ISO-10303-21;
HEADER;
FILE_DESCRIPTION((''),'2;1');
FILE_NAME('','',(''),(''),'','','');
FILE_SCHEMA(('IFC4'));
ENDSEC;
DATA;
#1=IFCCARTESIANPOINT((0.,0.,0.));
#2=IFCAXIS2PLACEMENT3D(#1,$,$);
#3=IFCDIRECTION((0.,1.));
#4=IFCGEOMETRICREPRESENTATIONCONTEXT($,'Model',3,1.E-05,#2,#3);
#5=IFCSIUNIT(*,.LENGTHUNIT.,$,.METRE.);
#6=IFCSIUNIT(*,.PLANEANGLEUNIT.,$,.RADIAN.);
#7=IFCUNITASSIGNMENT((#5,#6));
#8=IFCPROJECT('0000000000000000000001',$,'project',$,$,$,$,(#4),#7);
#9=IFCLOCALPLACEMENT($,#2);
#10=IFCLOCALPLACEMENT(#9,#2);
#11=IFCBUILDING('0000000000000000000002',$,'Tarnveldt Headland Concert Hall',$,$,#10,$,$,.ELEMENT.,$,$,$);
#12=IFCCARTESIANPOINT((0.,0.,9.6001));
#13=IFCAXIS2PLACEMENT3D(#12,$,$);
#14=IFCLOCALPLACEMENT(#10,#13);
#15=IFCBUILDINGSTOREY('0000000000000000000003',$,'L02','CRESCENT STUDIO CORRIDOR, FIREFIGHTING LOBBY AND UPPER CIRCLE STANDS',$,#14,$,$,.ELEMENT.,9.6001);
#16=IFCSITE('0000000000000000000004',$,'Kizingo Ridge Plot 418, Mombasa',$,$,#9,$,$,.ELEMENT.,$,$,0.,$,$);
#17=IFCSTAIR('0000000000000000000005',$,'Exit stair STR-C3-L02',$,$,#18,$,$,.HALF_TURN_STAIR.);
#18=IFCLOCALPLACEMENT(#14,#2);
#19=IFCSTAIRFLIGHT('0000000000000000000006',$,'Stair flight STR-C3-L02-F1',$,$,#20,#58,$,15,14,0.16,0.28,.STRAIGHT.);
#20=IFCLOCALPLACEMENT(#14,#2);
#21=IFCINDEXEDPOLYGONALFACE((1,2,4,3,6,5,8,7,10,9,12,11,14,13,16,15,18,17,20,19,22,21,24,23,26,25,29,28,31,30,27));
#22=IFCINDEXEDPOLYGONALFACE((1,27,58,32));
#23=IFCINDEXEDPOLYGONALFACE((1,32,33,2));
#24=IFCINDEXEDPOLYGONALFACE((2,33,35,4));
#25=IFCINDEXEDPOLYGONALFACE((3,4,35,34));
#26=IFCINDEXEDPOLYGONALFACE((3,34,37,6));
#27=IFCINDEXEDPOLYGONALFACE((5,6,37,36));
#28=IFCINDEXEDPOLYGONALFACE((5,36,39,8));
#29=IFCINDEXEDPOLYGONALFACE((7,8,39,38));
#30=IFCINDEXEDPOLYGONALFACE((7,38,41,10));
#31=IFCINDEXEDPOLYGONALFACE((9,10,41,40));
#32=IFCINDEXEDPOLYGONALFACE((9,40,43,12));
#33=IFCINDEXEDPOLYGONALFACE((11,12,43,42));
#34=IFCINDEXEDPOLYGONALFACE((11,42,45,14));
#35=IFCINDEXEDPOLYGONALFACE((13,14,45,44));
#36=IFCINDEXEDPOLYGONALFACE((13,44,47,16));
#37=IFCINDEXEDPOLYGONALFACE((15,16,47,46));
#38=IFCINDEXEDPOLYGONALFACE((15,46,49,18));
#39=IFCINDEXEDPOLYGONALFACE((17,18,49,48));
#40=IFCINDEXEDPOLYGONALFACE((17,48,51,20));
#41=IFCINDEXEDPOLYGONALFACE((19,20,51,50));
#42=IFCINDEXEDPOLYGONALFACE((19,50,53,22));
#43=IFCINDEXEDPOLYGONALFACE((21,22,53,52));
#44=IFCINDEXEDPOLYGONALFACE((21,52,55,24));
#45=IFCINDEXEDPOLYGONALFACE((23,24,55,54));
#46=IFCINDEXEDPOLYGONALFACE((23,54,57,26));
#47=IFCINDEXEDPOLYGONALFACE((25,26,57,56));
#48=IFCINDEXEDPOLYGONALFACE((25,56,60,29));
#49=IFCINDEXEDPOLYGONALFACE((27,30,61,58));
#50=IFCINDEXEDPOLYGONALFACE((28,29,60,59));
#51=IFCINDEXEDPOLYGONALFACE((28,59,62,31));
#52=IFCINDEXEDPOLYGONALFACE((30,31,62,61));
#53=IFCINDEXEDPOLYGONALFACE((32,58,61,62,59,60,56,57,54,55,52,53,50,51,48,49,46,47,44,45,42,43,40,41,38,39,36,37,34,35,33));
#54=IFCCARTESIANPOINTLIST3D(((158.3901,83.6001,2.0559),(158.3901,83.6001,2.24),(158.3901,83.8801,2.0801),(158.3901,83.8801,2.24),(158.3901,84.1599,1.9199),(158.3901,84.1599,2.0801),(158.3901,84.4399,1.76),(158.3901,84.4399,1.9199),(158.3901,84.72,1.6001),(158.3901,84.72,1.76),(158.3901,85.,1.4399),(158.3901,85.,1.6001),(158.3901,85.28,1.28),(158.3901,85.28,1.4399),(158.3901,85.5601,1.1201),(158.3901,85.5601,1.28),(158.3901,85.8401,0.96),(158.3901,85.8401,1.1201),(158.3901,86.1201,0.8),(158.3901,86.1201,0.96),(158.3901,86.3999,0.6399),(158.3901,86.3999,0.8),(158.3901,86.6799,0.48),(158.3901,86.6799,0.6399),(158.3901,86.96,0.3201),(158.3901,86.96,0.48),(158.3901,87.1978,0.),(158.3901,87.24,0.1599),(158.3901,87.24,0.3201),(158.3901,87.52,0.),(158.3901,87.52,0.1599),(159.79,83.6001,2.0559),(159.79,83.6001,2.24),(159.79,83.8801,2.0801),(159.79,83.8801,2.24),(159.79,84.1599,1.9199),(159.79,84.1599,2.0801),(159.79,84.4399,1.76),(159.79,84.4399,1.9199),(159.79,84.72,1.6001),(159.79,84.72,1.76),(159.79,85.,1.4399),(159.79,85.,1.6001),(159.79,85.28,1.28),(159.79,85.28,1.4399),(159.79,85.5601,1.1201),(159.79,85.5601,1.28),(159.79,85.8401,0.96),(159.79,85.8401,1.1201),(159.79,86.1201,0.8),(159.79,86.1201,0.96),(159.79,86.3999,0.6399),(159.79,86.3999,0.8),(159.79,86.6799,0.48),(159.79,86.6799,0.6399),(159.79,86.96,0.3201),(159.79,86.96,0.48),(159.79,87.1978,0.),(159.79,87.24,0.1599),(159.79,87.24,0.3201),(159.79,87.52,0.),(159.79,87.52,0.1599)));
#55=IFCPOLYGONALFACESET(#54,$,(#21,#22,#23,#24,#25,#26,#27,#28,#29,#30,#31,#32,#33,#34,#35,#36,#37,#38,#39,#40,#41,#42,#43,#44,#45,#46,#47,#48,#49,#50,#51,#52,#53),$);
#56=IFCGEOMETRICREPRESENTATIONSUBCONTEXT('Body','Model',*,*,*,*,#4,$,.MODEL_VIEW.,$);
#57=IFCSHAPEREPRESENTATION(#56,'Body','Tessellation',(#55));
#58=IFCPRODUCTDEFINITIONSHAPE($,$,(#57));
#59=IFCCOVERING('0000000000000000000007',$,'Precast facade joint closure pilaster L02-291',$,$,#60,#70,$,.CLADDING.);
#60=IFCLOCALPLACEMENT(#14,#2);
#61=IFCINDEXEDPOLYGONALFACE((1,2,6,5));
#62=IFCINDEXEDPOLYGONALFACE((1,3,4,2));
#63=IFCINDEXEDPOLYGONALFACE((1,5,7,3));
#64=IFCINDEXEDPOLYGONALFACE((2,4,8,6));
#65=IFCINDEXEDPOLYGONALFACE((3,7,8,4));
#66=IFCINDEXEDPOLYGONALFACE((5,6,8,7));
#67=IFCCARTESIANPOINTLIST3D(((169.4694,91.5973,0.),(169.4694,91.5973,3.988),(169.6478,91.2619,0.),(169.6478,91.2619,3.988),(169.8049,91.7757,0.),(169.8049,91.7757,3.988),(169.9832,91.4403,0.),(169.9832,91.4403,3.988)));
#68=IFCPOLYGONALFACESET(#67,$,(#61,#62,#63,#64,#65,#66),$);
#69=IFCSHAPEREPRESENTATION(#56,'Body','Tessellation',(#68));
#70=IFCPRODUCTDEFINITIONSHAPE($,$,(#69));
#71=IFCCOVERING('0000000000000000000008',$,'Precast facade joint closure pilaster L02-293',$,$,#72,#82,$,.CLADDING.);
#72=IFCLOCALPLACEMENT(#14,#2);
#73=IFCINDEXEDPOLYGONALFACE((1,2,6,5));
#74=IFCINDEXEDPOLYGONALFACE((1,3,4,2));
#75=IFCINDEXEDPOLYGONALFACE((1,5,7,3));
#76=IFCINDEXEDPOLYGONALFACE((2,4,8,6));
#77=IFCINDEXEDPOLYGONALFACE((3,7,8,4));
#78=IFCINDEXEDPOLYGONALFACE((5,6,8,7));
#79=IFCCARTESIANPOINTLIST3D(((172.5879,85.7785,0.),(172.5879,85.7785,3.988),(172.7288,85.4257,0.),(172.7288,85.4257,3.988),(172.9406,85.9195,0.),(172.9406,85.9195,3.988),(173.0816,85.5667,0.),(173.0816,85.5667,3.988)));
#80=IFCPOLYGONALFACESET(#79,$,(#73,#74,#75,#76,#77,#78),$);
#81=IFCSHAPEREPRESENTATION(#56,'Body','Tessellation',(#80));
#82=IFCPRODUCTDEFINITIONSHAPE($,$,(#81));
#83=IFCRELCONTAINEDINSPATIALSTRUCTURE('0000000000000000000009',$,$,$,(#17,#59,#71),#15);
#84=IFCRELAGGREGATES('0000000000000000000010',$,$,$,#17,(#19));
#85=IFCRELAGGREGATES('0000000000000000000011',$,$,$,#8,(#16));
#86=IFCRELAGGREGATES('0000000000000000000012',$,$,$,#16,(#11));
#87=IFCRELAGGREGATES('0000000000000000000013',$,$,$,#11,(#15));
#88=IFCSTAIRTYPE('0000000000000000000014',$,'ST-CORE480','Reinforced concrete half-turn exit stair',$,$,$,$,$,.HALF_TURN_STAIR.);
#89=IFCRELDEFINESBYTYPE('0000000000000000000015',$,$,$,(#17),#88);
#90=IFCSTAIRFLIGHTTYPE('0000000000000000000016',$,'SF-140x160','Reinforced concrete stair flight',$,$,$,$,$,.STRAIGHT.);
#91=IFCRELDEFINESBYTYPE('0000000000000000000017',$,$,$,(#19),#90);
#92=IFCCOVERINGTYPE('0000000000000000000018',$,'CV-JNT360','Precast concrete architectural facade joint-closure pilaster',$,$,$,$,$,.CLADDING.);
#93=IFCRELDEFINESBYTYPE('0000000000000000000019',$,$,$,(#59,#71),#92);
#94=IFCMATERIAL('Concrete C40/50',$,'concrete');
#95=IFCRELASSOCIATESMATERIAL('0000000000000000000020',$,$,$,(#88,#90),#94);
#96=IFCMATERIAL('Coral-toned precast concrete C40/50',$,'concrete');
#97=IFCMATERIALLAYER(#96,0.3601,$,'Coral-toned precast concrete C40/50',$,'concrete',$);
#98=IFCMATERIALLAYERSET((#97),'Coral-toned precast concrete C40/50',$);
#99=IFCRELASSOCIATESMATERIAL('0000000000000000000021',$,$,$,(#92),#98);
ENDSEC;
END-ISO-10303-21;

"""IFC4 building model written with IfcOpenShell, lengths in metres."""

from ifc_helpers import new_model, si_unit, direction, frame, origin, origin_2d, place, context, subcontext, project, spatial, polyline, rectangle, outline, extrude, material, layer, layer_set, type_object, element, aggregate, save


model = new_model("IFC4")

# Units and contexts
model_context = context("Model", 3, precision=1e-05, world=origin(), true_north=direction((0.0, 1.0)))
body_context = subcontext(model_context, "Body", "Model", "MODEL_VIEW")
ifc_project = project(units=[si_unit("LENGTHUNIT", "METRE"), si_unit("PLANEANGLEUNIT", "RADIAN")], contexts=[model_context])

# Site, building, storey
site_placement = place(None, origin())
site = spatial("IfcSite", under=ifc_project, at=site_placement, Name="Kizingo Ridge Plot 418, Mombasa", CompositionType="ELEMENT", RefElevation=0.0)
building_placement = place(site_placement, origin())
building = spatial("IfcBuilding", under=site, at=building_placement, Name="Tarnveldt Headland Concert Hall", CompositionType="ELEMENT")
storey_placement = place(building_placement, frame((0.0, 0.0, 9.6001)))
storey = spatial("IfcBuildingStorey", under=building, at=storey_placement, Name="L02", Description="CRESCENT STUDIO CORRIDOR, FIREFIGHTING LOBBY AND UPPER CIRCLE STANDS", CompositionType="ELEMENT", Elevation=9.6001)

# Shared definitions
ifc_material_1 = material(Name="Coral-toned precast concrete C40/50", Category="concrete")

# Shared definitions
ifc_material_2 = material(Name="Concrete C40/50", Category="concrete")

# Stair, stair flight
stair_type = type_object("IfcStairType", Name="ST-CORE480", Description="Reinforced concrete half-turn exit stair", PredefinedType="HALF_TURN_STAIR", material=ifc_material_2)
stair_placement = place(storey_placement, origin())
stair = element("IfcStair", 1, at=stair_placement, inside=storey, type_object=stair_type, Name="Exit stair STR-C3-L02", PredefinedType="HALF_TURN_STAIR")
stair_flight_type = type_object("IfcStairFlightType", Name="SF-140x160", Description="Reinforced concrete stair flight", PredefinedType="STRAIGHT", material=ifc_material_2)
stair_flight_placement = place(storey_placement, frame((159.0901, 87.52, 0.0), z_axis=(0.0, 0.0, 1.0), x_axis=(0.0, -1.0, 0.0)))
stair_flight = element("IfcStairFlight", 2, at=stair_flight_placement, type_object=stair_flight_type, Name="Stair flight STR-C3-L02-F1", NumberOfRisers=15, NumberOfTreads=14, PredefinedType="STRAIGHT", RiserHeight=0.16, TreadLength=0.28, context=body_context, shape_type="SweptSolid", body=[
    extrude(outline(polyline([(0.0, 0.0), (0.0, 0.1599), (0.28, 0.1599), (0.28, 0.3201), (0.5601, 0.3201), (0.5601, 0.48), (0.8401, 0.48), (0.8401, 0.6399), (1.1201, 0.6399), (1.1201, 0.8), (1.3999, 0.8), (1.3999, 0.96), (1.6799, 0.96), (1.6799, 1.1201), (1.96, 1.1201), (1.96, 1.28), (2.24, 1.28), (2.24, 1.4399), (2.52, 1.4399), (2.52, 1.6001), (2.8, 1.6001), (2.8, 1.76), (3.0801, 1.76), (3.0801, 1.9199), (3.3601, 1.9199), (3.3601, 2.0801), (3.6399, 2.0801), (3.6399, 2.24), (3.9199, 2.24), (3.9199, 2.3999), (3.9199, 2.0559), (0.3223, 0.0), (0.0, 0.0)])), frame((0.0, 0.7, 0.0), z_axis=(0.0, -1.0, 0.0), x_axis=(1.0, 0.0, 0.0)), (0.0, 0.0, 1.0), 1.3999),
])
aggregate(stair, [stair_flight])

# Coverings
ifc_layer_1 = layer(ifc_material_1, 0.3601, Name="Coral-toned precast concrete C40/50", Category="concrete")
ifc_layer_set_1 = layer_set([ifc_layer_1], Name="Coral-toned precast concrete C40/50")
covering_type = type_object("IfcCoveringType", Name="CV-JNT360", Description="Precast concrete architectural facade joint-closure pilaster", PredefinedType="CLADDING", material=ifc_layer_set_1)
for number, where, z_axis, x_axis, name in (
    (3, (169.7263, 91.5188, 0.0), (0.0, 0.0, 1.0), (0.469472, -0.882948, 0.0), "Precast facade joint closure pilaster L02-291"),
    (4, (172.8347, 85.6726, 0.0), (0.0, 0.0, 1.0), (0.371044, -0.928615, 0.0), "Precast facade joint closure pilaster L02-293"),
):
    element("IfcCovering", number, at=place(storey_placement, frame(where, z_axis=z_axis, x_axis=x_axis)), inside=storey, type_object=covering_type, Name=name, PredefinedType="CLADDING", context=body_context, shape_type="SweptSolid", body=[
        extrude(rectangle(XDim=0.3799, YDim=0.3799, at=origin_2d()), origin(), (0.0, 0.0, 1.0), 3.988),
    ])

save(model, "model.ifc")
